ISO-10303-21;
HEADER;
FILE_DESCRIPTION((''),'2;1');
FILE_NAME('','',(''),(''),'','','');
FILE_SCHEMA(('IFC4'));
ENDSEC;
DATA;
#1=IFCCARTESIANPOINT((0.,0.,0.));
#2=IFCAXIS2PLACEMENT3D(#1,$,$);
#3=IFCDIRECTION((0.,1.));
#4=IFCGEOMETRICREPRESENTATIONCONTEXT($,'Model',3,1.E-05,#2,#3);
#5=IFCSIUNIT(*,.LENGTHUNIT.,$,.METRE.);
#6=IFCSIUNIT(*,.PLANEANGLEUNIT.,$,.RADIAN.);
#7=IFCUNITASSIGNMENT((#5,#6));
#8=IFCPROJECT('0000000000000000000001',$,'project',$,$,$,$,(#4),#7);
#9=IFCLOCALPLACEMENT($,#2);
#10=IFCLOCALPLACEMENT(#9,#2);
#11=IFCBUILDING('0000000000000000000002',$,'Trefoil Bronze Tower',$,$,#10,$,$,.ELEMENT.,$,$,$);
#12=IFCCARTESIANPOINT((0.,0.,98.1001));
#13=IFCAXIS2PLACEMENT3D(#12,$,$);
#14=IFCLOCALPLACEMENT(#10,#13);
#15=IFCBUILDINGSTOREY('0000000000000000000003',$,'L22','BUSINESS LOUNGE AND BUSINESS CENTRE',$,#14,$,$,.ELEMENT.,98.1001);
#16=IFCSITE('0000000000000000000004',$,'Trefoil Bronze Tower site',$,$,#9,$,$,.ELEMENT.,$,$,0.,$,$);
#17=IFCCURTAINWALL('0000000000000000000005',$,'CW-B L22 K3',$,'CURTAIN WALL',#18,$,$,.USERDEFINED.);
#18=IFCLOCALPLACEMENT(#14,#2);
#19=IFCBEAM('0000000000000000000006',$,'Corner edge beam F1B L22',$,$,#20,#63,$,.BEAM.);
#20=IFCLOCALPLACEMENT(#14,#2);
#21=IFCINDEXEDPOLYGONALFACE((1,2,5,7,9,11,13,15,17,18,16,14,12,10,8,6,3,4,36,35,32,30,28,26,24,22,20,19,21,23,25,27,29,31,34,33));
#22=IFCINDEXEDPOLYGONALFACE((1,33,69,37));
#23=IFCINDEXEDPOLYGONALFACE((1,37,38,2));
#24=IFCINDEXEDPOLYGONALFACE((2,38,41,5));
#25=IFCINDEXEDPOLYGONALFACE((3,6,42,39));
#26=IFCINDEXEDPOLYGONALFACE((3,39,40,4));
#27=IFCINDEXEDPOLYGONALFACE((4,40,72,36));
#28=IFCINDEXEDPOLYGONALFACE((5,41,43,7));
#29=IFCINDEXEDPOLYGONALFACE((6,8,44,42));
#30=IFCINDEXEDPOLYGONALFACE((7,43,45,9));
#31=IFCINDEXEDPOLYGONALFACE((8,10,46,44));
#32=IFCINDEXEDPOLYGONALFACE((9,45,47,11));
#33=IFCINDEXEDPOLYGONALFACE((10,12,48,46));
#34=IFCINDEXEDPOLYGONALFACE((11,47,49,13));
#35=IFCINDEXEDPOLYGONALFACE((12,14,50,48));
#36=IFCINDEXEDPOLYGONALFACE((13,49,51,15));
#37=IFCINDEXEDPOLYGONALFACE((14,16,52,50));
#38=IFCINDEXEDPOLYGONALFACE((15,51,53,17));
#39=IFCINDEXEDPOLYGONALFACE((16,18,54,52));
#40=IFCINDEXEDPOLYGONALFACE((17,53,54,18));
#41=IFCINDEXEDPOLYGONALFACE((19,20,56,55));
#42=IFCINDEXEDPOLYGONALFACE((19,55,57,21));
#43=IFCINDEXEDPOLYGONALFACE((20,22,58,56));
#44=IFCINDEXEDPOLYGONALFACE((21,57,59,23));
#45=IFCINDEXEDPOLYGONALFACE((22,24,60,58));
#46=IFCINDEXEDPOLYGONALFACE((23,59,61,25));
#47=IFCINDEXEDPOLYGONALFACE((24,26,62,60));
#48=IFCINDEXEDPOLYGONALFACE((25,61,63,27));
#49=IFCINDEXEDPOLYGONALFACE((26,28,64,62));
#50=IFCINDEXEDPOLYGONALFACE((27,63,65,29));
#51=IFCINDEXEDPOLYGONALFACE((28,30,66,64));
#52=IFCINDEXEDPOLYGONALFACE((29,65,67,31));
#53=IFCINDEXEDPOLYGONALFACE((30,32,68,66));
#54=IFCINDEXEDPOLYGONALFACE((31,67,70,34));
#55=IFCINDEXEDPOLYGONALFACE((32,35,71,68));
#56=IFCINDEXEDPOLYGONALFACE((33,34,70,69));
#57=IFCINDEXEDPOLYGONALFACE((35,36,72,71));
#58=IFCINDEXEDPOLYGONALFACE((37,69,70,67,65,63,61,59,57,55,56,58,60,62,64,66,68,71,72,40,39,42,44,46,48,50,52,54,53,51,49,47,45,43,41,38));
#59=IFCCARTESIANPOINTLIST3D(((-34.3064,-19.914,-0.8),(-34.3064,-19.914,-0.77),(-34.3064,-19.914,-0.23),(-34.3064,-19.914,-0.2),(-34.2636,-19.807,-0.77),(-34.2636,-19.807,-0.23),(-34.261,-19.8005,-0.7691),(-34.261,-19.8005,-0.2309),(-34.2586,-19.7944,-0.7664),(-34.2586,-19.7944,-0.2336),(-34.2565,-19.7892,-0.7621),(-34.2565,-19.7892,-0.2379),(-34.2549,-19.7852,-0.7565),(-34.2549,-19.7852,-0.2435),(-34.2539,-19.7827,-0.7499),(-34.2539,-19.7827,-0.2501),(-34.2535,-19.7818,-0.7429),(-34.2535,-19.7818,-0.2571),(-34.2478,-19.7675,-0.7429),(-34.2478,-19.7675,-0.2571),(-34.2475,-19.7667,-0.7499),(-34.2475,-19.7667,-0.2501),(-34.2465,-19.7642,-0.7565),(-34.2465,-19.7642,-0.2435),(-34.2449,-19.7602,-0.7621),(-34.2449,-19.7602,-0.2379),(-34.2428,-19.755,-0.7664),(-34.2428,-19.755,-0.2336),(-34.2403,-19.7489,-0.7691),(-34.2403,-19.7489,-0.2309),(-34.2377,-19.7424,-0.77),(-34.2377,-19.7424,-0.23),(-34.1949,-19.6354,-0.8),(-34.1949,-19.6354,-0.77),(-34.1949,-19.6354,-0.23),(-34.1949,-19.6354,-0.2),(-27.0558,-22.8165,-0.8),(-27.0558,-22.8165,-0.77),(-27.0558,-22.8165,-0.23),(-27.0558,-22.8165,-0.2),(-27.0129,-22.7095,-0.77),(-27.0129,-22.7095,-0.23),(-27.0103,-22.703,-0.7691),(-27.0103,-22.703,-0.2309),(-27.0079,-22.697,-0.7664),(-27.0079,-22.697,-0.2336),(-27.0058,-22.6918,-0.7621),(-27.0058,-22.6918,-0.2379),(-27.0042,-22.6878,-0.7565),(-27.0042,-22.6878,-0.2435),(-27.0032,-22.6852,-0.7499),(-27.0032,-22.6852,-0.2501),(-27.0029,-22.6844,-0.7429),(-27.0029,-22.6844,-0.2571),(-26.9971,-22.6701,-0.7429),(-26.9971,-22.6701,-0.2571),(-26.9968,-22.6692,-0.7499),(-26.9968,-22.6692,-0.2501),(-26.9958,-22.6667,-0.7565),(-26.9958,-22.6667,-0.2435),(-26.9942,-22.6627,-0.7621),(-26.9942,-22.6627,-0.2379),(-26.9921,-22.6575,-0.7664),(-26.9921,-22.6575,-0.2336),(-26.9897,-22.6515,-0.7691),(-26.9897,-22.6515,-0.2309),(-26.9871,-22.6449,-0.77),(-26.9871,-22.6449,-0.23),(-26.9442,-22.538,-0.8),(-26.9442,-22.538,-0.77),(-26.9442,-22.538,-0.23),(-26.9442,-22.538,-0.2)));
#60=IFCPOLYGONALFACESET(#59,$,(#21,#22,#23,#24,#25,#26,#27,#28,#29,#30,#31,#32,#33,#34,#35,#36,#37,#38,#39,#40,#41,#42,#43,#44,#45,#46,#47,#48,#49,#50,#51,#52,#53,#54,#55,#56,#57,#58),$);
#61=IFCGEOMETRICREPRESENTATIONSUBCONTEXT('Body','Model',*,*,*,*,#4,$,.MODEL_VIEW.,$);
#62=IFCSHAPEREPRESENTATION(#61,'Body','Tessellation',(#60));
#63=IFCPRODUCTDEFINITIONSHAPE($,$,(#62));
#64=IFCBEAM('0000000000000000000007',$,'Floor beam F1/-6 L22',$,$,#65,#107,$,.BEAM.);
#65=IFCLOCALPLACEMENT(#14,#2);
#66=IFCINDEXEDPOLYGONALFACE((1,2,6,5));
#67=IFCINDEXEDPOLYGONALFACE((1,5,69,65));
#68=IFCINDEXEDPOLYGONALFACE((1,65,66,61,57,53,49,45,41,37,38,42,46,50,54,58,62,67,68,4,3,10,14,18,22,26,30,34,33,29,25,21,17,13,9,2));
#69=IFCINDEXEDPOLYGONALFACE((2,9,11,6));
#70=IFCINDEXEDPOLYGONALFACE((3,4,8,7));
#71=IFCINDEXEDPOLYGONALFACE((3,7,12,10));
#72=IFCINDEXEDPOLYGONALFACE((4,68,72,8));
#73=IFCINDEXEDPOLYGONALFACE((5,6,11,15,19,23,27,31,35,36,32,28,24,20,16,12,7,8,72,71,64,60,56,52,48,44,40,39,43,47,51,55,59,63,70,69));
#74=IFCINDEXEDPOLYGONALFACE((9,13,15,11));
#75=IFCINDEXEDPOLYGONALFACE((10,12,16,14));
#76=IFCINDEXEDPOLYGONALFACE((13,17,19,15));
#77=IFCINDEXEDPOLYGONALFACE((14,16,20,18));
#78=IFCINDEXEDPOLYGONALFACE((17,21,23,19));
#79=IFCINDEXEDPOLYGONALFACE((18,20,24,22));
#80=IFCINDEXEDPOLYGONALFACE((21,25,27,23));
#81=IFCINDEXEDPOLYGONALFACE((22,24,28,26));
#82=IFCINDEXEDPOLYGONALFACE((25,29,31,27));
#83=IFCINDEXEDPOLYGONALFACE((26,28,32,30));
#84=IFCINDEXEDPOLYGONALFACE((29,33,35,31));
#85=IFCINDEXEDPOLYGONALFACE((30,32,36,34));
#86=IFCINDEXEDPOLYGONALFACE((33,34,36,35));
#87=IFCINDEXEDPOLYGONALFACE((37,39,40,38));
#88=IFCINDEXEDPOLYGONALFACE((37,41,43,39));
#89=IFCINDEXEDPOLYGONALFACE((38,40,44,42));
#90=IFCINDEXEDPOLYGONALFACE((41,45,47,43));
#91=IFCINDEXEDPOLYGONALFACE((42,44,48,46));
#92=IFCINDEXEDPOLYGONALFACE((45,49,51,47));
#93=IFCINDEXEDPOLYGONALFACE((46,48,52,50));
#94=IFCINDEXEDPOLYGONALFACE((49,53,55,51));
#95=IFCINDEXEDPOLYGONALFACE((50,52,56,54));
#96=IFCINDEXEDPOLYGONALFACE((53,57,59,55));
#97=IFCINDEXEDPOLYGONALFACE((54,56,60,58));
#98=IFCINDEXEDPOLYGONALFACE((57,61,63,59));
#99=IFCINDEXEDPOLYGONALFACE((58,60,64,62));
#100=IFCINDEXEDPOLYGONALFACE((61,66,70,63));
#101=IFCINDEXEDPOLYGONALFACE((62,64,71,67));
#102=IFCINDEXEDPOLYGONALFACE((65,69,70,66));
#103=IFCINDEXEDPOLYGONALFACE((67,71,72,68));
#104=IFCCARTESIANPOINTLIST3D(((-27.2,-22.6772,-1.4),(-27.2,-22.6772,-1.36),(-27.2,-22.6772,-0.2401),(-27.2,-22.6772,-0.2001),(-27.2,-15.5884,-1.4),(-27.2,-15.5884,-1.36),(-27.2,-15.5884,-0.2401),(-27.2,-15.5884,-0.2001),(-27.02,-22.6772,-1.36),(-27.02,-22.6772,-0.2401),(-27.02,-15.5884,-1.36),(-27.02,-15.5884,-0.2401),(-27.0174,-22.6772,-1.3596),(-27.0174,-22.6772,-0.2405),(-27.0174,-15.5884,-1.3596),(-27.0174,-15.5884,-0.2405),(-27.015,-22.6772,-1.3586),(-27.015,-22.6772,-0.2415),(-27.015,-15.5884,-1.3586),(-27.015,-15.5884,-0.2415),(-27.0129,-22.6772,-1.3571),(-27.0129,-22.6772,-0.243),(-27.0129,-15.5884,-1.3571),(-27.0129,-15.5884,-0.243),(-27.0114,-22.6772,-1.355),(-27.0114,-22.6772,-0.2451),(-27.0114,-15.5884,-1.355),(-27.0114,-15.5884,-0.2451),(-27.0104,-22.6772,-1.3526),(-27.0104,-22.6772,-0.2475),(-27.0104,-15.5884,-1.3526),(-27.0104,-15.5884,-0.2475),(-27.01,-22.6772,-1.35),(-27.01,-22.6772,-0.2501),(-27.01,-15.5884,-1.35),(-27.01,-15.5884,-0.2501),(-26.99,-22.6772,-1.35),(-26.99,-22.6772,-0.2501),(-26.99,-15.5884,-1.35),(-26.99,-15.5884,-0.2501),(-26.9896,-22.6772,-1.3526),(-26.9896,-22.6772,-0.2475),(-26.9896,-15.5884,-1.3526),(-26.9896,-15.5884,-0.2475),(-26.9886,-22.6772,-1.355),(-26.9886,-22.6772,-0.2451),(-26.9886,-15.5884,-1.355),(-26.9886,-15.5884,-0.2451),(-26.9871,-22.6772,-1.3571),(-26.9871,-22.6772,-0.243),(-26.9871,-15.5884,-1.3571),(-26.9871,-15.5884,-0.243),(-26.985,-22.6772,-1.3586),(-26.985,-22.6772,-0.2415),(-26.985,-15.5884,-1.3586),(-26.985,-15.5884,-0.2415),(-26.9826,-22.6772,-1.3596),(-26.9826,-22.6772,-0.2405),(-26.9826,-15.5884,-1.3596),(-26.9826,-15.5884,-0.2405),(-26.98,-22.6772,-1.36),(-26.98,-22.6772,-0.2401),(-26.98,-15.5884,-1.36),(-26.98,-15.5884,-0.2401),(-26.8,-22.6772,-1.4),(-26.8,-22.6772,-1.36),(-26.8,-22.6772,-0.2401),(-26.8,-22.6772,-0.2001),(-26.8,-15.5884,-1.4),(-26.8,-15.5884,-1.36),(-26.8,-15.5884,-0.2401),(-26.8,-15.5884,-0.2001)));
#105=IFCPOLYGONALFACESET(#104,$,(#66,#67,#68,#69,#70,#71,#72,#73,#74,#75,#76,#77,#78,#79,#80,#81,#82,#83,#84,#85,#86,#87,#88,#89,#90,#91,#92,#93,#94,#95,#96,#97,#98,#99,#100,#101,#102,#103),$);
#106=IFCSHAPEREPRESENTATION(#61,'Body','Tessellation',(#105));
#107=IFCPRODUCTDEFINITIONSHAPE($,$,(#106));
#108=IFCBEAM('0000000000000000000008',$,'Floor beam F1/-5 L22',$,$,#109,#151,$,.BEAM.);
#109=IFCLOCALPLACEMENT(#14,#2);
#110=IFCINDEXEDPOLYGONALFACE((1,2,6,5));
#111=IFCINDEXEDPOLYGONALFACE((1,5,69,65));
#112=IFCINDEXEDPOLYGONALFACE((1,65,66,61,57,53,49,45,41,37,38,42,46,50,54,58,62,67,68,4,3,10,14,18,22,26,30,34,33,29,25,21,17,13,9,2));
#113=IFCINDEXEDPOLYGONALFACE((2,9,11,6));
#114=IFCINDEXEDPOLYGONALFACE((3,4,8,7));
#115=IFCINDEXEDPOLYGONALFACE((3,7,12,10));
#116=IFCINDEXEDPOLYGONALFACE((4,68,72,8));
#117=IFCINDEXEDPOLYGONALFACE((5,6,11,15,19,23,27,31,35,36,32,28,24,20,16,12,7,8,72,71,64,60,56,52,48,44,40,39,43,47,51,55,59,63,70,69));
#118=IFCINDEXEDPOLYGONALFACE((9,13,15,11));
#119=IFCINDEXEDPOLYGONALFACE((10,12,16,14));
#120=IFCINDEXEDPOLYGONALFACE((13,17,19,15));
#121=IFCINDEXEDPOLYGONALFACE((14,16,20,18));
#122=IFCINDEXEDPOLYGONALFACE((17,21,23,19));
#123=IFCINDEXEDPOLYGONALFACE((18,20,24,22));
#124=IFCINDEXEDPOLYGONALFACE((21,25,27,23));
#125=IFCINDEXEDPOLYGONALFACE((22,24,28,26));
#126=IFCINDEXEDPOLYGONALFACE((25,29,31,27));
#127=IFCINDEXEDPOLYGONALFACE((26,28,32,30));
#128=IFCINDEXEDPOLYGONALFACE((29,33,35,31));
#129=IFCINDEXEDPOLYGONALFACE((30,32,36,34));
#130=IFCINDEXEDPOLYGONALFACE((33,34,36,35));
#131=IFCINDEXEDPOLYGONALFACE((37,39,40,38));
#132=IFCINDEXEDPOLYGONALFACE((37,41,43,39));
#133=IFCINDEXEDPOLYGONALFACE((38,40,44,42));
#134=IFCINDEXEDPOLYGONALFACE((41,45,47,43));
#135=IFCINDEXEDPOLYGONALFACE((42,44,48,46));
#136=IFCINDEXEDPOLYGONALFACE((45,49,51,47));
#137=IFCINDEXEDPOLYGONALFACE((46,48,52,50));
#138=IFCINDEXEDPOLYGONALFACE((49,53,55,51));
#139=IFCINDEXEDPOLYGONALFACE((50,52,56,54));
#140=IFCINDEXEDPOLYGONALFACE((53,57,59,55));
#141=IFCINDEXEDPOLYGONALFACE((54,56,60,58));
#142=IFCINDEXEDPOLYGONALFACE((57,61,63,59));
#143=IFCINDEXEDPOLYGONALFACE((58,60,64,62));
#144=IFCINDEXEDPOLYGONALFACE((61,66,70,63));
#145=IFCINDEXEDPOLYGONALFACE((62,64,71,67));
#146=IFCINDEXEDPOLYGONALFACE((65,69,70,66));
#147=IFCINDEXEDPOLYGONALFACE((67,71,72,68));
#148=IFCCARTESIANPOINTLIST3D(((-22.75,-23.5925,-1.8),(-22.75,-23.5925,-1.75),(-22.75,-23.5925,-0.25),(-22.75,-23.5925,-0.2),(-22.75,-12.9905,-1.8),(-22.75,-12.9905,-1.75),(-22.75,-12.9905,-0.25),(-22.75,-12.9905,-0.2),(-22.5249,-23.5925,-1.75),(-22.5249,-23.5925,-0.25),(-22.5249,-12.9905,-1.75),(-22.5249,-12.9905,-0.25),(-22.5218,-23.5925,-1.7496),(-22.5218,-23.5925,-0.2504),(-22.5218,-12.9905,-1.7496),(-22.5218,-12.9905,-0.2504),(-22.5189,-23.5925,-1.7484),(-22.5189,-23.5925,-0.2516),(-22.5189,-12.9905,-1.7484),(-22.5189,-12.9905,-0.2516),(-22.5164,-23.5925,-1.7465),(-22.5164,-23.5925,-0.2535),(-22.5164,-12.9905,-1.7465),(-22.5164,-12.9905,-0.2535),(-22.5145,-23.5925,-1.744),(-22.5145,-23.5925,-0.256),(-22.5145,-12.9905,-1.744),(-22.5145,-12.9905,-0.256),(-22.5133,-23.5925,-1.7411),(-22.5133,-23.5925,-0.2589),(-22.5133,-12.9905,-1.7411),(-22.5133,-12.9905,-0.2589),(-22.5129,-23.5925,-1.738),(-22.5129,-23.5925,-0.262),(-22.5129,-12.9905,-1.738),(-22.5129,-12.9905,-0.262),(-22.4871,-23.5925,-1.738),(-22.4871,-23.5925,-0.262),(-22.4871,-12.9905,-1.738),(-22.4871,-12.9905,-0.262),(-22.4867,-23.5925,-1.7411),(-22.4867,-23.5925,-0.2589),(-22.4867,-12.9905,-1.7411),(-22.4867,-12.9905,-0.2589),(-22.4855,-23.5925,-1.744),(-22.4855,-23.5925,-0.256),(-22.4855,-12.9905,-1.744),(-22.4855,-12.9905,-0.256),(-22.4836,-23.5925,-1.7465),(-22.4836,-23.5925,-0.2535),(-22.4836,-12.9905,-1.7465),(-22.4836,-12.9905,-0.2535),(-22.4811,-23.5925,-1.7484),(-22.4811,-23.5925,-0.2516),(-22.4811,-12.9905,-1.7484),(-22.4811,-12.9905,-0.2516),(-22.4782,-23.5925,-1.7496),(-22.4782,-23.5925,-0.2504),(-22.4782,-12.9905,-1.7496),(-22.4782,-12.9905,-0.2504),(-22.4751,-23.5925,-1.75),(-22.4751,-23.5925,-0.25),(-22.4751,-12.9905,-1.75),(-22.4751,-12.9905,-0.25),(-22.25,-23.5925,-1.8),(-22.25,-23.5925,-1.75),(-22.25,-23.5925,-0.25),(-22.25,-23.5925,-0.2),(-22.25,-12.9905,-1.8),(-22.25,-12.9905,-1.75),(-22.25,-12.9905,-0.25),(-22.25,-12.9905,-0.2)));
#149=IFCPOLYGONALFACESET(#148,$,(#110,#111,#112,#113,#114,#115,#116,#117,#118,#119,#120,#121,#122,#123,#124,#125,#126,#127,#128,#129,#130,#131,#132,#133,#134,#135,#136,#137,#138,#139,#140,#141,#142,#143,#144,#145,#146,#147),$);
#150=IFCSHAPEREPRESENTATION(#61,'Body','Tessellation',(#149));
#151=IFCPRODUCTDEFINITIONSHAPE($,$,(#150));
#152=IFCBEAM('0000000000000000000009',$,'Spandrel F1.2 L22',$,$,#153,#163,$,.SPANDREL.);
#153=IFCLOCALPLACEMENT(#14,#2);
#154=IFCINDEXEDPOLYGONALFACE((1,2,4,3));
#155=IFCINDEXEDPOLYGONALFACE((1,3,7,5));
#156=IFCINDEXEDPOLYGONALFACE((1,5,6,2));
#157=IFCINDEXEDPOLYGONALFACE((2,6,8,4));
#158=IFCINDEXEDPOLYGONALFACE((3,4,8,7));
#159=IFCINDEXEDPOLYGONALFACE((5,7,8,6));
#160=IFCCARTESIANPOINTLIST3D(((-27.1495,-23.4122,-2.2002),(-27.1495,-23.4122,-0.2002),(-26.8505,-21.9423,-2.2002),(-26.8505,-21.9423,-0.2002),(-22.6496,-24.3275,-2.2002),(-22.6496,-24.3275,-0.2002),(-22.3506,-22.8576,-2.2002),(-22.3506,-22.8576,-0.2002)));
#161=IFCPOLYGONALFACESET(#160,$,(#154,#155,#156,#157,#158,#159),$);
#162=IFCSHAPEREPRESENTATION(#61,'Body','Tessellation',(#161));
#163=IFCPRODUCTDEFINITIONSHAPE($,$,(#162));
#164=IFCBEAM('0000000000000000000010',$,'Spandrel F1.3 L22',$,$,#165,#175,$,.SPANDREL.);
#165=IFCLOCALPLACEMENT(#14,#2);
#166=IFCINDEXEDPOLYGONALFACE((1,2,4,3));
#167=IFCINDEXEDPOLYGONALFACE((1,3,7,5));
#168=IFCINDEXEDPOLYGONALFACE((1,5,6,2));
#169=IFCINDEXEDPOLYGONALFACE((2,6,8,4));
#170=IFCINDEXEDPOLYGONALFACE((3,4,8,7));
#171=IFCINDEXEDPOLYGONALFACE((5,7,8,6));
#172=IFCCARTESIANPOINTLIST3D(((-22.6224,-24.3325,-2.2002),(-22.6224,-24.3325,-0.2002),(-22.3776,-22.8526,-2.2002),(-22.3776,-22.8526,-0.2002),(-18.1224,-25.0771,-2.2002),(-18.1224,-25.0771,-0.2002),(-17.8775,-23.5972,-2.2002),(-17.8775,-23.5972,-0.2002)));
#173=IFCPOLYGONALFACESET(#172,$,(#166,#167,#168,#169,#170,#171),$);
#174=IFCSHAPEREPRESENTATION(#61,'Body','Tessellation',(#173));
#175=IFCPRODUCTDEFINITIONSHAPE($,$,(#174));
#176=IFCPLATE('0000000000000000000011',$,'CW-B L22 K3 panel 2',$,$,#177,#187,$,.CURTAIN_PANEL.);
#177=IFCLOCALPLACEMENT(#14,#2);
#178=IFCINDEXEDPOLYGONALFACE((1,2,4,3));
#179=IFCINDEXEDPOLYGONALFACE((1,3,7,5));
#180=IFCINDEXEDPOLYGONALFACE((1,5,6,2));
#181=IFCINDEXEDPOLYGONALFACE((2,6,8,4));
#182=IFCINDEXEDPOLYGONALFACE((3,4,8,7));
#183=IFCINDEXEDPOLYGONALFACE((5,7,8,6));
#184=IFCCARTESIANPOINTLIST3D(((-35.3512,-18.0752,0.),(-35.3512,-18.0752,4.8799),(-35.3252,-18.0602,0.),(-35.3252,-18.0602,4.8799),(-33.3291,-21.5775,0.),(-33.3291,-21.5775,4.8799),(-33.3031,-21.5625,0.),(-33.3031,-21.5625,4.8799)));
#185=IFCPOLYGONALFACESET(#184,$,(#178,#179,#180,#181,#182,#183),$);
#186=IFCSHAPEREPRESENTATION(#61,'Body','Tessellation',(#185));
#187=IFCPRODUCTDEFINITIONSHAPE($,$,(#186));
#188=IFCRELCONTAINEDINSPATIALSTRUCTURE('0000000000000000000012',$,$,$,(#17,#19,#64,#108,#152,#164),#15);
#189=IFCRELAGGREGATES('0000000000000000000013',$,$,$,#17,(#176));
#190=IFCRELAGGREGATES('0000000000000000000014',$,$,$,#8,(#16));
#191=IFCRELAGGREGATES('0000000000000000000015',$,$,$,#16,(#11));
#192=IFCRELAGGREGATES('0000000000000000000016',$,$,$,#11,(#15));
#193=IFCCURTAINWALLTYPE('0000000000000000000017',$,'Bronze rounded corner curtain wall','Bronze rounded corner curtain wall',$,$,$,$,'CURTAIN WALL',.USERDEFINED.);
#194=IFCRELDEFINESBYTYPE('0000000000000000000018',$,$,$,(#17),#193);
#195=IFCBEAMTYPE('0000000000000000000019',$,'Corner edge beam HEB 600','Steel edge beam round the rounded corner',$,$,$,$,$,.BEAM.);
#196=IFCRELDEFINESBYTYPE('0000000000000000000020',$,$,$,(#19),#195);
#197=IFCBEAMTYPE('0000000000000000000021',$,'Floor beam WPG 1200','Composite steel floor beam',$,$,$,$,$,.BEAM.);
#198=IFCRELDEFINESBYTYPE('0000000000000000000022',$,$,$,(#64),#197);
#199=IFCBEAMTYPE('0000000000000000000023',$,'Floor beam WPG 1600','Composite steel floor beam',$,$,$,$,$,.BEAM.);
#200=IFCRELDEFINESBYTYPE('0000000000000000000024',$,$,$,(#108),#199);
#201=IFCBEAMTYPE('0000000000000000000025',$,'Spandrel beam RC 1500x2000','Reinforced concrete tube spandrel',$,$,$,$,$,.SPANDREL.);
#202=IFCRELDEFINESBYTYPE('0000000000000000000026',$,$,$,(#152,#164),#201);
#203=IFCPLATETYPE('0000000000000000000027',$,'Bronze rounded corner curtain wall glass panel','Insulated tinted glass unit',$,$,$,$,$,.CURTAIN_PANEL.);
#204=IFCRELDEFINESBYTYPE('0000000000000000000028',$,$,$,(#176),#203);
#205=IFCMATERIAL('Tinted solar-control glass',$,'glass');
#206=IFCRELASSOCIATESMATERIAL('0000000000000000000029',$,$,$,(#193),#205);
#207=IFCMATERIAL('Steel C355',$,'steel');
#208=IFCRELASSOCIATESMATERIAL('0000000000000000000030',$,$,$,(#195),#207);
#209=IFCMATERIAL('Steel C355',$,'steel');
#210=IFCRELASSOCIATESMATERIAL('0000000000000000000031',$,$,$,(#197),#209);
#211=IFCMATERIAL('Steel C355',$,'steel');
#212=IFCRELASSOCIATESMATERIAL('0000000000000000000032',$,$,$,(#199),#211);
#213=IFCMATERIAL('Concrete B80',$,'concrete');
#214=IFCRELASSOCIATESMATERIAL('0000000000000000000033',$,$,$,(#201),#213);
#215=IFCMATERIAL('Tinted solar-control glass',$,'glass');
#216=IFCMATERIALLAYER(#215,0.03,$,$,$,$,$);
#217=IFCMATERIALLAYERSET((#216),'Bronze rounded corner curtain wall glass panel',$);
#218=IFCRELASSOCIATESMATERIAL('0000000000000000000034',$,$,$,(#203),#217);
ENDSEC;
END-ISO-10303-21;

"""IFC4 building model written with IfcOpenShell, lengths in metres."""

from ifc_helpers import new_model, si_unit, direction, frame, origin, origin_2d, place, context, subcontext, project, spatial, rectangle, i_section, extrude, material, layer, layer_set, material_profile, profile_set, type_object, element, aggregate, save


model = new_model("IFC4")

# Units and contexts
model_context = context("Model", 3, precision=1e-05, world=origin(), true_north=direction((0.0, 1.0)))
body_context = subcontext(model_context, "Body", "Model", "MODEL_VIEW")
ifc_project = project(units=[si_unit("LENGTHUNIT", "METRE"), si_unit("PLANEANGLEUNIT", "RADIAN")], contexts=[model_context])

# Site, building, storey
site_placement = place(None, origin())
site = spatial("IfcSite", under=ifc_project, at=site_placement, Name="Trefoil Bronze Tower site", CompositionType="ELEMENT", RefElevation=0.0)
building_placement = place(site_placement, origin())
building = spatial("IfcBuilding", under=site, at=building_placement, Name="Trefoil Bronze Tower", CompositionType="ELEMENT")
storey_placement = place(building_placement, frame((0.0, 0.0, 98.1001)))
storey = spatial("IfcBuildingStorey", under=building, at=storey_placement, Name="L22", Description="BUSINESS LOUNGE AND BUSINESS CENTRE", CompositionType="ELEMENT", Elevation=98.1001)

# Curtain wall
ifc_material_1 = material(Name="Tinted solar-control glass", Category="glass")
curtain_wall_type_1 = type_object("IfcCurtainWallType", Name="Bronze rounded corner curtain wall", Description="Bronze rounded corner curtain wall", ElementType="CURTAIN WALL", PredefinedType="USERDEFINED", material=ifc_material_1)
curtain_wall_1_placement = place(storey_placement, origin())
curtain_wall_1 = element("IfcCurtainWall", 1, at=curtain_wall_1_placement, inside=storey, type_object=curtain_wall_type_1, Name="CW-B L22 K3", ObjectType="CURTAIN WALL", PredefinedType="USERDEFINED")

# Beams
ifc_material_2 = material(Name="Steel C355", Category="steel")
ifc_material_profile_1 = material_profile(ifc_material_2, i_section(OverallWidth=0.3, OverallDepth=0.6001, WebThickness=0.0154, FlangeThickness=0.03, FilletRadius=0.0271, at=origin_2d()), Name="HEB 600")
ifc_profile_set_1 = profile_set([ifc_material_profile_1], Name="Steel C355")
beam_type_1 = type_object("IfcBeamType", Name="Corner edge beam HEB 600", Description="Steel edge beam round the rounded corner", PredefinedType="BEAM", material=ifc_profile_set_1)
beam_1_placement = place(storey_placement, frame((-27.0, -22.6772, -0.5), z_axis=(-0.928375, 0.371644, 0.0), x_axis=(-0.371644, -0.928375, 0.0)))
element("IfcBeam", 2, at=beam_1_placement, inside=storey, type_object=beam_type_1, Name="Corner edge beam F1B L22", PredefinedType="BEAM", context=body_context, shape_type="SweptSolid", body=[
    extrude(i_section(OverallWidth=0.3, OverallDepth=0.6001, WebThickness=0.0154, FlangeThickness=0.03, FilletRadius=0.0271, at=origin_2d()), origin(), (0.0, 0.0, 1.0), 7.8101),
])
ifc_material_3 = material(Name="Steel C355", Category="steel")
ifc_material_profile_2 = material_profile(ifc_material_3, i_section(OverallWidth=0.3999, OverallDepth=1.2, WebThickness=0.02, FlangeThickness=0.04, FilletRadius=0.01, at=origin_2d()), Name="WPG 1200")
ifc_profile_set_2 = profile_set([ifc_material_profile_2], Name="Steel C355")
beam_type_2 = type_object("IfcBeamType", Name="Floor beam WPG 1200", Description="Composite steel floor beam", PredefinedType="BEAM", material=ifc_profile_set_2)
beam_2_placement = place(storey_placement, frame((-27.0, -22.6772, -0.8), z_axis=(0.0, 1.0, 0.0), x_axis=(-1.0, 0.0, 0.0)))
element("IfcBeam", 3, at=beam_2_placement, inside=storey, type_object=beam_type_2, Name="Floor beam F1/-6 L22", PredefinedType="BEAM", context=body_context, shape_type="SweptSolid", body=[
    extrude(i_section(OverallWidth=0.3999, OverallDepth=1.2, WebThickness=0.02, FlangeThickness=0.04, FilletRadius=0.01, at=origin_2d()), origin(), (0.0, 0.0, 1.0), 7.0889),
])
ifc_material_4 = material(Name="Steel C355", Category="steel")
ifc_material_profile_3 = material_profile(ifc_material_4, i_section(OverallWidth=0.5, OverallDepth=1.6001, WebThickness=0.0259, FlangeThickness=0.05, FilletRadius=0.012, at=origin_2d()), Name="WPG 1600")
ifc_profile_set_3 = profile_set([ifc_material_profile_3], Name="Steel C355")
beam_type_3 = type_object("IfcBeamType", Name="Floor beam WPG 1600", Description="Composite steel floor beam", PredefinedType="BEAM", material=ifc_profile_set_3)
beam_3_placement = place(storey_placement, frame((-22.5, -23.5925, -1.0), z_axis=(0.0, 1.0, 0.0), x_axis=(-1.0, 0.0, 0.0)))
element("IfcBeam", 4, at=beam_3_placement, inside=storey, type_object=beam_type_3, Name="Floor beam F1/-5 L22", PredefinedType="BEAM", context=body_context, shape_type="SweptSolid", body=[
    extrude(i_section(OverallWidth=0.5, OverallDepth=1.6001, WebThickness=0.0259, FlangeThickness=0.05, FilletRadius=0.012, at=origin_2d()), origin(), (0.0, 0.0, 1.0), 10.6021),
])
ifc_material_5 = material(Name="Concrete B80", Category="concrete")
ifc_material_profile_4 = material_profile(ifc_material_5, rectangle(XDim=1.5, YDim=2.0, at=origin_2d()), Name="RC 1500x2000")
ifc_profile_set_4 = profile_set([ifc_material_profile_4], Name="Concrete B80")
beam_type_4 = type_object("IfcBeamType", Name="Spandrel beam RC 1500x2000", Description="Reinforced concrete tube spandrel", PredefinedType="SPANDREL", material=ifc_profile_set_4)
beam_4_placement = place(storey_placement, frame((-27.0, -22.6772, -1.2002), z_axis=(0.979935, -0.199315, 0.0), x_axis=(0.199315, 0.979935, 0.0)))
element("IfcBeam", 5, at=beam_4_placement, inside=storey, type_object=beam_type_4, Name="Spandrel F1.2 L22", PredefinedType="SPANDREL", context=body_context, shape_type="SweptSolid", body=[
    extrude(rectangle(XDim=1.5, YDim=2.0, at=origin_2d()), origin(), (0.0, 0.0, 1.0), 4.592),
])
beam_5_placement = place(storey_placement, frame((-22.5, -23.5925, -1.2002), z_axis=(0.986584, -0.163253, 0.0), x_axis=(0.163253, 0.986584, 0.0)))
element("IfcBeam", 6, at=beam_5_placement, inside=storey, type_object=beam_type_4, Name="Spandrel F1.3 L22", PredefinedType="SPANDREL", context=body_context, shape_type="SweptSolid", body=[
    extrude(rectangle(XDim=1.5, YDim=2.0, at=origin_2d()), origin(), (0.0, 0.0, 1.0), 4.5613),
])

# Plate
ifc_material_6 = material(Name="Tinted solar-control glass", Category="glass")
ifc_layer_1 = layer(ifc_material_6, 0.03)
ifc_layer_set_1 = layer_set([ifc_layer_1], Name="Bronze rounded corner curtain wall glass panel")
plate_type_1 = type_object("IfcPlateType", Name="Bronze rounded corner curtain wall glass panel", Description="Insulated tinted glass unit", PredefinedType="CURTAIN_PANEL", material=ifc_layer_set_1)
plate_1_placement = place(storey_placement, frame((-34.3271, -19.8188, 0.0), z_axis=(0.0, 0.0, 1.0), x_axis=(0.5, -0.866025, 0.0)))
plate_1 = element("IfcPlate", 7, at=plate_1_placement, type_object=plate_type_1, Name="CW-B L22 K3 panel 2", PredefinedType="CURTAIN_PANEL", context=body_context, shape_type="SweptSolid", body=[
    extrude(rectangle(XDim=4.0442, YDim=0.03, at=origin_2d()), origin(), (0.0, 0.0, 1.0), 4.8799),
])
aggregate(curtain_wall_1, [plate_1])

save(model, "model.ifc")
